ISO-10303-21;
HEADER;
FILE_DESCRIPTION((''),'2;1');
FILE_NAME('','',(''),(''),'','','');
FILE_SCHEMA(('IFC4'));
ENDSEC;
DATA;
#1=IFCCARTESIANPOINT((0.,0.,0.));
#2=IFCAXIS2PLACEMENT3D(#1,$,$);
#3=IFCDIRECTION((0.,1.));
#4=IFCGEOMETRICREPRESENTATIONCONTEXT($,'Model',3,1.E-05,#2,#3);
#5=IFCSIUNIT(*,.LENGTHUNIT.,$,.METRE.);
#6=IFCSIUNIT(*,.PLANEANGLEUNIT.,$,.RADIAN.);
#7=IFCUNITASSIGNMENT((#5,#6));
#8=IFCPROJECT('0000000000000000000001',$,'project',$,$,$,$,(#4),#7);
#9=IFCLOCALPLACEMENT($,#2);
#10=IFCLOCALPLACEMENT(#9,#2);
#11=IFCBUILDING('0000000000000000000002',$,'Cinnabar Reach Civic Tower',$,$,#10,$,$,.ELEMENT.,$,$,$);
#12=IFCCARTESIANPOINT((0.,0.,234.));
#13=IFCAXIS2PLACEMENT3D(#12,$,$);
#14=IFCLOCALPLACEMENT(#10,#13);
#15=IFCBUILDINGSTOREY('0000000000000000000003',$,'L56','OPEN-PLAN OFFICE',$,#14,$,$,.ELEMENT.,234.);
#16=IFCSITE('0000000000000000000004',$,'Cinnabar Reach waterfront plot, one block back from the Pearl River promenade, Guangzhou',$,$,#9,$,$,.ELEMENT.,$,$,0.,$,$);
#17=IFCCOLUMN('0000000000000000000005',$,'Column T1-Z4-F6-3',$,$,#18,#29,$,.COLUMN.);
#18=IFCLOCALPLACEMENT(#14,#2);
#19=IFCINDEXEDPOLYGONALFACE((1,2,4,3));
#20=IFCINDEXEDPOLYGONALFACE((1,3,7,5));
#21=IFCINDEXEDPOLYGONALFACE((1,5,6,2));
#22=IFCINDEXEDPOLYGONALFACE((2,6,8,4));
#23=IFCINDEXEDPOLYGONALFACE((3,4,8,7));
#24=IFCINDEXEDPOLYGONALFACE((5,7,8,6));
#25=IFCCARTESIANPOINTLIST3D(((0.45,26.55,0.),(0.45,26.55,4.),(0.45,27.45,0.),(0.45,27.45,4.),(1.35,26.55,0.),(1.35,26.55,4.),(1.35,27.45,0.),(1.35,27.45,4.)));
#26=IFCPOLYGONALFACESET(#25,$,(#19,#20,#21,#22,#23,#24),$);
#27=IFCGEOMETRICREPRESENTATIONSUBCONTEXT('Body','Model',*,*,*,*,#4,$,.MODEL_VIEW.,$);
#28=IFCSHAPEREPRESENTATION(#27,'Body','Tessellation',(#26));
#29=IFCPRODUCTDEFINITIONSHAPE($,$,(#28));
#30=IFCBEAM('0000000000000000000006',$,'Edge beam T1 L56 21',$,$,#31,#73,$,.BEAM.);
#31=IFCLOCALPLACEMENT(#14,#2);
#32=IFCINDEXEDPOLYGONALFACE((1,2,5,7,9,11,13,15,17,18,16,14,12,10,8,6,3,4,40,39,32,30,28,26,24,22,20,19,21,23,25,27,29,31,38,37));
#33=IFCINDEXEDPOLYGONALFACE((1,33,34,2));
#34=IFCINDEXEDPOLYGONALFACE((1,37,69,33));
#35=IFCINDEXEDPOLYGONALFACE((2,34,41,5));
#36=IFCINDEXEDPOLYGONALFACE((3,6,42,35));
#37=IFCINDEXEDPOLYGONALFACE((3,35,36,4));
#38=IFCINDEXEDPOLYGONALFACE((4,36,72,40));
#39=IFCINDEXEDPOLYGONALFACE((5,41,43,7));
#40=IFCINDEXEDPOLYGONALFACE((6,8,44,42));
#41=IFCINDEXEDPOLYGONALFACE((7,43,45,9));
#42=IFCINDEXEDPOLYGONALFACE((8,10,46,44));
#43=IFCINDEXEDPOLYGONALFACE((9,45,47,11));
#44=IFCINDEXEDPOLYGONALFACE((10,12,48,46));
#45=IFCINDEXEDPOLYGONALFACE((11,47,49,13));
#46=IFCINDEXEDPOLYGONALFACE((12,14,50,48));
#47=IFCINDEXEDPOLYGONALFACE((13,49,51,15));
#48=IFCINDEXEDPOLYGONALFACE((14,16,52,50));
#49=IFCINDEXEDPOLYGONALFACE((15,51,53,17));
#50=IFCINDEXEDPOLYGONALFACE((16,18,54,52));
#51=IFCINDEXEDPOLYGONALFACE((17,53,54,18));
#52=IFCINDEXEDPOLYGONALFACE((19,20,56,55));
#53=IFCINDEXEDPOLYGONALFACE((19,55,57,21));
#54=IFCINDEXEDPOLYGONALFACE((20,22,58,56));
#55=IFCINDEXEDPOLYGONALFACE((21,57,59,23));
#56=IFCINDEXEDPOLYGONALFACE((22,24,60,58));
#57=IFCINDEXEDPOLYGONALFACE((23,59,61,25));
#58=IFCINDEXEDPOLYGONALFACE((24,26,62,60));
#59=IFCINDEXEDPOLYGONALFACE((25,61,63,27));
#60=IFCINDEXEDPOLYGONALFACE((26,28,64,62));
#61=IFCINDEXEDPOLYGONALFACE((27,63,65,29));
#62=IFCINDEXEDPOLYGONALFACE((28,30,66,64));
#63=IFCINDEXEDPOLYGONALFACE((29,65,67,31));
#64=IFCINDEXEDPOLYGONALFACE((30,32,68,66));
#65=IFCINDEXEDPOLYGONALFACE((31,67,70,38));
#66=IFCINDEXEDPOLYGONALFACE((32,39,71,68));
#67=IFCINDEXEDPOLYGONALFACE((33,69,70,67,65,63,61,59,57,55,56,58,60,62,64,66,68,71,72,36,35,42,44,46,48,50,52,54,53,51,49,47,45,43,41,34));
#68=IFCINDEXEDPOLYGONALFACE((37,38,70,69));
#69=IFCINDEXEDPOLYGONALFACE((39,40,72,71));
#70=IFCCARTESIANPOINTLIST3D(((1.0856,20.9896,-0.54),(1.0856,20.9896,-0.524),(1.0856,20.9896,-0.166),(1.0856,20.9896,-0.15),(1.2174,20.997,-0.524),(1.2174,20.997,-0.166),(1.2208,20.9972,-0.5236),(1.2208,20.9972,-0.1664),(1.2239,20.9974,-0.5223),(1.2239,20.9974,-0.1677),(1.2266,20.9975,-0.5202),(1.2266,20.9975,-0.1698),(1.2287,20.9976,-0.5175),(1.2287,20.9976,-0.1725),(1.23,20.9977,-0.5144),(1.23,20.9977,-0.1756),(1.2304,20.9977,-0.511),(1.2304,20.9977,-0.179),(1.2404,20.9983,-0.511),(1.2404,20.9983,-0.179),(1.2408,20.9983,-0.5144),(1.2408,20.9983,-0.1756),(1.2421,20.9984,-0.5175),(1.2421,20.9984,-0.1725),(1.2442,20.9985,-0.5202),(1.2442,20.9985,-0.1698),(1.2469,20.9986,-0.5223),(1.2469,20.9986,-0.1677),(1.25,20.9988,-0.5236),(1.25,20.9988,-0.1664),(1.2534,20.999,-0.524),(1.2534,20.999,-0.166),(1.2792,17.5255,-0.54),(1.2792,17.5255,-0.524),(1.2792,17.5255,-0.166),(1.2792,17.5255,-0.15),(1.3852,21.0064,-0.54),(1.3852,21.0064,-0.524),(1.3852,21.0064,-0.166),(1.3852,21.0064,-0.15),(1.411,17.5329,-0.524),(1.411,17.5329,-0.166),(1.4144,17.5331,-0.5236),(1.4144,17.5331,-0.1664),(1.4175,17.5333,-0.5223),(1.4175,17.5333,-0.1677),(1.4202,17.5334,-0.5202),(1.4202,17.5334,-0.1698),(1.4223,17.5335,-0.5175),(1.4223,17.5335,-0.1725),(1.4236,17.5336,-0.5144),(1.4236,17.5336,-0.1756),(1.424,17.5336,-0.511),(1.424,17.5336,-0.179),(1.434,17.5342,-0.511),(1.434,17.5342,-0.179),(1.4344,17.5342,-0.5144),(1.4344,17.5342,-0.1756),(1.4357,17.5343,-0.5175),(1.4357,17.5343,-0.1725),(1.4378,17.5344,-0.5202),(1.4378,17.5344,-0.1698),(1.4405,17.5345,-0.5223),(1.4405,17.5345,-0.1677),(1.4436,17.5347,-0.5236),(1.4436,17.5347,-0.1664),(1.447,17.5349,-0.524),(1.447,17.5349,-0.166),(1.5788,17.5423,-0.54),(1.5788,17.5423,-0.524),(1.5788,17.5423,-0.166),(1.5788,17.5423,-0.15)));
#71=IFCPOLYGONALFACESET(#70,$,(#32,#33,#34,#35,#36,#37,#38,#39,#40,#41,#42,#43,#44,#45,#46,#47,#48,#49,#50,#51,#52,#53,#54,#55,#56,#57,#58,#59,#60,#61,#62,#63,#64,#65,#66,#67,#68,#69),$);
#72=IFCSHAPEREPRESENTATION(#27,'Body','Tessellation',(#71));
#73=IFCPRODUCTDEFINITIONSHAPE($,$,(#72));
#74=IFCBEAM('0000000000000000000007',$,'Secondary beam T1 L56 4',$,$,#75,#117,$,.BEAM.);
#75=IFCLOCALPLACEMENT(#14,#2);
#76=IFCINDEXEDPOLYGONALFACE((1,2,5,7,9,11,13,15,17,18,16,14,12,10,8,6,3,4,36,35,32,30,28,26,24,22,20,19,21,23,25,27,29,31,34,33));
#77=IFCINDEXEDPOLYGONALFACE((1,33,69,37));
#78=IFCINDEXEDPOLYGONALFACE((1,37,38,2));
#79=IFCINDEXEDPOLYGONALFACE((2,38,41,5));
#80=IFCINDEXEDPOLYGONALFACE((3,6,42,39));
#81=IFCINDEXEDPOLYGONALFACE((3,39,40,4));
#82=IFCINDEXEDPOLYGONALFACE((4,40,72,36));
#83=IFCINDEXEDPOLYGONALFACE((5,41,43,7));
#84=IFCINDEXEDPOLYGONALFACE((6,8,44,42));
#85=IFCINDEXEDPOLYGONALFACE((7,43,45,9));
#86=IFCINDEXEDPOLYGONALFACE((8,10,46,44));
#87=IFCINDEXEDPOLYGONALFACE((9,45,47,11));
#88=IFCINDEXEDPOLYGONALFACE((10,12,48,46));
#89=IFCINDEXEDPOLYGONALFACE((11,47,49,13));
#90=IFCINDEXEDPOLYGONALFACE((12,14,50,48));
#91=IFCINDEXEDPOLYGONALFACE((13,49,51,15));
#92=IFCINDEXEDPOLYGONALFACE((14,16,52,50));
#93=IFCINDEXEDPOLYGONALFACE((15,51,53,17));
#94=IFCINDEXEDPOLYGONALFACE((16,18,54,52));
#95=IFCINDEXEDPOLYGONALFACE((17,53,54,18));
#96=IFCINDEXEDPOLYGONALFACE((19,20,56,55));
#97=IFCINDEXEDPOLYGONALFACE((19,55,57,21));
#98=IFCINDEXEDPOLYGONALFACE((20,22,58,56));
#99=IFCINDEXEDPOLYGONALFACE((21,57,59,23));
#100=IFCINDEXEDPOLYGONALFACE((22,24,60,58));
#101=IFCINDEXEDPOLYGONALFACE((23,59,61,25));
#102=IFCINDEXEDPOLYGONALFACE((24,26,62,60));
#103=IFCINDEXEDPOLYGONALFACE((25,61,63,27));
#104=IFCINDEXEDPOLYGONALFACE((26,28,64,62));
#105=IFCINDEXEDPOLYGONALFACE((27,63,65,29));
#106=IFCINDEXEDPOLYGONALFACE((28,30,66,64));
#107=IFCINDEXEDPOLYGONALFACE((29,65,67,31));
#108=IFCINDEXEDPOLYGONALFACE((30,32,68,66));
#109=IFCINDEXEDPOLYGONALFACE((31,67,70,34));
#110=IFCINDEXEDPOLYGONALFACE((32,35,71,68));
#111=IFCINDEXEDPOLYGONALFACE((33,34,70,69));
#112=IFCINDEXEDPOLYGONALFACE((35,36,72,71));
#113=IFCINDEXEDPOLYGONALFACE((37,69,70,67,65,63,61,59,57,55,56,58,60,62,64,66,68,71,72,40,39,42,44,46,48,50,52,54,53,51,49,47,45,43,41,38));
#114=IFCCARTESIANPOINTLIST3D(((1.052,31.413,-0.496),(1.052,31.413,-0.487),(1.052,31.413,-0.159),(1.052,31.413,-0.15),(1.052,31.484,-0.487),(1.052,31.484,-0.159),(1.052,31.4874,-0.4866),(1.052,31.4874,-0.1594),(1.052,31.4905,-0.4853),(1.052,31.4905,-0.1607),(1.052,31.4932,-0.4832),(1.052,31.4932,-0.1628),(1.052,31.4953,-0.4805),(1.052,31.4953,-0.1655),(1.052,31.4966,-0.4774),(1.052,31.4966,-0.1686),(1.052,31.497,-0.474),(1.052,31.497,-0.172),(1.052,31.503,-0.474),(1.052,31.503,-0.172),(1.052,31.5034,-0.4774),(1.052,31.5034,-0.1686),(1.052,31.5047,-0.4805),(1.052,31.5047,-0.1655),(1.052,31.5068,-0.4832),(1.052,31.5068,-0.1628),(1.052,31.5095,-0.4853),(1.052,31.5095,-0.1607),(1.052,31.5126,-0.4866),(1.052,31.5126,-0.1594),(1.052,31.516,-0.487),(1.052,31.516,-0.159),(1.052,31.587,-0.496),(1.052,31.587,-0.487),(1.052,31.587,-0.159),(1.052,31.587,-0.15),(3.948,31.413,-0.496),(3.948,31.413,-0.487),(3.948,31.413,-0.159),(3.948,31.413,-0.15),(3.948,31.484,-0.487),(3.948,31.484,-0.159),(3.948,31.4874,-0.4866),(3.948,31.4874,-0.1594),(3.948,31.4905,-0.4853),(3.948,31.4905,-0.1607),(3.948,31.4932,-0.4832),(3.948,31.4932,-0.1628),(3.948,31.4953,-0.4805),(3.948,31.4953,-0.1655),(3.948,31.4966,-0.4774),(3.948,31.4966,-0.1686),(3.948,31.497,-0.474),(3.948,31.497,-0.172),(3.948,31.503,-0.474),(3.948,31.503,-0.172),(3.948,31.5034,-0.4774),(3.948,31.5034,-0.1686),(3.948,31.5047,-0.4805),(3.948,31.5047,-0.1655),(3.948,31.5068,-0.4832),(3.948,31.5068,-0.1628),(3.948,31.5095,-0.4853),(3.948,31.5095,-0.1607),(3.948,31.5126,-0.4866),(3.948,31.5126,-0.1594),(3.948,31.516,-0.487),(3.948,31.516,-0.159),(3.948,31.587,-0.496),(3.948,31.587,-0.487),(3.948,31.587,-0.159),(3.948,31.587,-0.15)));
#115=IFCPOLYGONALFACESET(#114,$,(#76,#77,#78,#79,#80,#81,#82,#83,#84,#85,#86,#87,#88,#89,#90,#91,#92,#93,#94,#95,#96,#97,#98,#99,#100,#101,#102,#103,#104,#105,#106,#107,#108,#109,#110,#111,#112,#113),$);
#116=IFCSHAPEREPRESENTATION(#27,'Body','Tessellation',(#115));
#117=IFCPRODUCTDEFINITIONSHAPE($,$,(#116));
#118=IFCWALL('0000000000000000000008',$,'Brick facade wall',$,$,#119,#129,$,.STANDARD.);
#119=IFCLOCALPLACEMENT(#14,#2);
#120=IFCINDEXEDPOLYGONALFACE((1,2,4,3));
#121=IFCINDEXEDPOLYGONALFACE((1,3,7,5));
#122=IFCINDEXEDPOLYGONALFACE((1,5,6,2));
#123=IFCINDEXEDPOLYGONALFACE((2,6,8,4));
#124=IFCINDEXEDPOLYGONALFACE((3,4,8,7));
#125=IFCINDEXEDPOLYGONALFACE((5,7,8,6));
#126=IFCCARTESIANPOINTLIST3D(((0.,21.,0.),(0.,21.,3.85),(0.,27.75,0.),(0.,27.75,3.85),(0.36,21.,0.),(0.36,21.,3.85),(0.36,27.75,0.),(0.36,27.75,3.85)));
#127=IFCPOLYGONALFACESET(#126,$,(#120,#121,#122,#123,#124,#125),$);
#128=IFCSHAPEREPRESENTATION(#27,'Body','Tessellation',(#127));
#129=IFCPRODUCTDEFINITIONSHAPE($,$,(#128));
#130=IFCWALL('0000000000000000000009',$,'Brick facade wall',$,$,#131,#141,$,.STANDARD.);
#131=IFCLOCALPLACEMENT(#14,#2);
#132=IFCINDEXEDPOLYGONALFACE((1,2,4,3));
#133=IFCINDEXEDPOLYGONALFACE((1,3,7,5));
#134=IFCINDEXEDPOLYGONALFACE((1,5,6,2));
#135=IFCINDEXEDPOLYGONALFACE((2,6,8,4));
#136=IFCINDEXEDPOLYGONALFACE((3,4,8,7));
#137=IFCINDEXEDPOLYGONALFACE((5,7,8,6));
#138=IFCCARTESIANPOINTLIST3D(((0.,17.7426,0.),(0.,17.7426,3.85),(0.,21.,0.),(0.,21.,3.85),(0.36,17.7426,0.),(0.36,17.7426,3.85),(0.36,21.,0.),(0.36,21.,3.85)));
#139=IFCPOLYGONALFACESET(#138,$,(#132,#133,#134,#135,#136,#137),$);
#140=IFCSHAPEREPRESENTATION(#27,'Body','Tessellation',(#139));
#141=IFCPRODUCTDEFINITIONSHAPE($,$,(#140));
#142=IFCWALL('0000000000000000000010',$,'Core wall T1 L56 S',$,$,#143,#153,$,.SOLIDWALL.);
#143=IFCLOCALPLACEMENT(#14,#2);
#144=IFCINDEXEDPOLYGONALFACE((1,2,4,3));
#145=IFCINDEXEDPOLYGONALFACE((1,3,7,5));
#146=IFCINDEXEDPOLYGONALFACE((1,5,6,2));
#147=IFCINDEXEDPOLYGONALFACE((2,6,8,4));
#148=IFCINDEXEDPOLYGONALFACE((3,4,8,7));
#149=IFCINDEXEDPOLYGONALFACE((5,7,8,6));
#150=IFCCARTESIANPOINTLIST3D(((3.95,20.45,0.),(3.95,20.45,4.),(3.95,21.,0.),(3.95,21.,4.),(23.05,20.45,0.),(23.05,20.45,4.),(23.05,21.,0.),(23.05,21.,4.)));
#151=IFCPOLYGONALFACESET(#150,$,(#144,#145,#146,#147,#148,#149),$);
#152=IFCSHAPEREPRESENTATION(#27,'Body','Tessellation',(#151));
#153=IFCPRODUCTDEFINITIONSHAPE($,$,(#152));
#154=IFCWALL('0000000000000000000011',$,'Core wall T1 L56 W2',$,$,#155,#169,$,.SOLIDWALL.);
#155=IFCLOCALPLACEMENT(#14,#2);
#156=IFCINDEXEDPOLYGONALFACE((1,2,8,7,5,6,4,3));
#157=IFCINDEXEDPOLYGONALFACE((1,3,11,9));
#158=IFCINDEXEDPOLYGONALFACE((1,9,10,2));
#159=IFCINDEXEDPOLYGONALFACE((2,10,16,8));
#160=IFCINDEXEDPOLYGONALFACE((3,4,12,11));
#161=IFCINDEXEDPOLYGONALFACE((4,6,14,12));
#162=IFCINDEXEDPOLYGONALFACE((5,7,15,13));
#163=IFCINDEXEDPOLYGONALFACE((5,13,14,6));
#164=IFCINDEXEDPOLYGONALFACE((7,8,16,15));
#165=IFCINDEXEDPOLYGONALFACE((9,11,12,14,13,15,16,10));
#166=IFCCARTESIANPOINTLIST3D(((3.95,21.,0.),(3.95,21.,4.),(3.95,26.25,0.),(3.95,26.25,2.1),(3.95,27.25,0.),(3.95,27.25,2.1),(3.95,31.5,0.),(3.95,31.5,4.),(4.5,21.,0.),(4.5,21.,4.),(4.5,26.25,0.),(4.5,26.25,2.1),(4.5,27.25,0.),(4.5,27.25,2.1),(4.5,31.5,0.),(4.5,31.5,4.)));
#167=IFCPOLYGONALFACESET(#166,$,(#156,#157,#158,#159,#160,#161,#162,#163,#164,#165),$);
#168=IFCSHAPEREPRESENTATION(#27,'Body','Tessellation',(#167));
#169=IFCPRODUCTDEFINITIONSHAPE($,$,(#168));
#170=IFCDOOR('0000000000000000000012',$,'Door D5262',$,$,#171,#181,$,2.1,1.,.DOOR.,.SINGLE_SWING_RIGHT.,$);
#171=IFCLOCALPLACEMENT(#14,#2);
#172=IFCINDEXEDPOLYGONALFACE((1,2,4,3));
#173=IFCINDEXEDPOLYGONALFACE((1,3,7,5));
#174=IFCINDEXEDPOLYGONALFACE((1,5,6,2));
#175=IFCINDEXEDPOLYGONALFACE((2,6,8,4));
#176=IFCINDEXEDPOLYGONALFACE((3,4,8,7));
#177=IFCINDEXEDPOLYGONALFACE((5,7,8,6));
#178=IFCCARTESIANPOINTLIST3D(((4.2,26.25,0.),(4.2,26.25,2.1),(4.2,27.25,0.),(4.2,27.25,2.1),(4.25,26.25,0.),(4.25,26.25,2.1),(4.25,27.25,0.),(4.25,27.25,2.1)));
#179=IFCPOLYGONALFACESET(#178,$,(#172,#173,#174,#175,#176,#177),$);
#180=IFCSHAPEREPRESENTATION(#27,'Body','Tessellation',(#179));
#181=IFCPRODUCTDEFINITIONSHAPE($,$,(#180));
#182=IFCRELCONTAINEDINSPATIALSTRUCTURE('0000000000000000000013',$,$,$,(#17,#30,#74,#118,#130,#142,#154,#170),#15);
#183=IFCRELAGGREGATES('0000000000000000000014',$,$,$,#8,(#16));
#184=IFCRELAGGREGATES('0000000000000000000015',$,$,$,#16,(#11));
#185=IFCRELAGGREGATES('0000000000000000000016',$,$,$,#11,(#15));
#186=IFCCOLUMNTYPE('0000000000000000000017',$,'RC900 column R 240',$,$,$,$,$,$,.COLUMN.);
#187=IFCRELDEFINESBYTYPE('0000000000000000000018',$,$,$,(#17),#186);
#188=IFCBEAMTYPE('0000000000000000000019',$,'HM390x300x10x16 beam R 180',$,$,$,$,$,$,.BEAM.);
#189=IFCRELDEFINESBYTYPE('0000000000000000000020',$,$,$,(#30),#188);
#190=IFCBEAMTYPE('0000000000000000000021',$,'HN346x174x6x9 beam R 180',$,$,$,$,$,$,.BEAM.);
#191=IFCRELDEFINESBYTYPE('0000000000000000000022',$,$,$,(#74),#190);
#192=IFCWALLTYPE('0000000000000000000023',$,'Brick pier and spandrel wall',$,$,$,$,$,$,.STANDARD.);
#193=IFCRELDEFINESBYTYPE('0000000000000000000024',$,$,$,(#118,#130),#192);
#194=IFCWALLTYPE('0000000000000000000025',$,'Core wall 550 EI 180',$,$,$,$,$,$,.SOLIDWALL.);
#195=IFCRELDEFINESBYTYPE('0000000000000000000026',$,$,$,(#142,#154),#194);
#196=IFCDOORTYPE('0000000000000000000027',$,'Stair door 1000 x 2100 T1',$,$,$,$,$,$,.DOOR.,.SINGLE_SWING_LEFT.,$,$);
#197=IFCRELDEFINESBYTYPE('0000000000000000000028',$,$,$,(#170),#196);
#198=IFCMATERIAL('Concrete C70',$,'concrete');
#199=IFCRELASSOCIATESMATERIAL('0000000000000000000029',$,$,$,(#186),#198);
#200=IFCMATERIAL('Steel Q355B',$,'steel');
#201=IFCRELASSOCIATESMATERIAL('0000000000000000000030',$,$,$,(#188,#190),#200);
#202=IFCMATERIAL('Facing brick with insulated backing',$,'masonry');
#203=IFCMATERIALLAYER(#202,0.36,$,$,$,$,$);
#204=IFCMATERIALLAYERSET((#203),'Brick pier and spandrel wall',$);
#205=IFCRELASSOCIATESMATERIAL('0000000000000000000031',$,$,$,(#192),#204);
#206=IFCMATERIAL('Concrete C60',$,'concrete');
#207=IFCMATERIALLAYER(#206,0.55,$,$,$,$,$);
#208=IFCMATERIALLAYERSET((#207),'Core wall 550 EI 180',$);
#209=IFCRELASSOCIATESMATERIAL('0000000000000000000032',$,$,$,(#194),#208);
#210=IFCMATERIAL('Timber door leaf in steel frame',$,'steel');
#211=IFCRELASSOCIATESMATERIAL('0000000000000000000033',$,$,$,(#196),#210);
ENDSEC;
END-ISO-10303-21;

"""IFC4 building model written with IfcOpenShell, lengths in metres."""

from ifc_helpers import new_model, si_unit, direction, frame, frame_2d, origin, origin_2d, place, context, subcontext, project, spatial, rectangle, i_section, extrude, material, layer, layer_set, material_profile, profile_set, type_object, element, fill, save


model = new_model("IFC4")

# Units and contexts
model_context = context("Model", 3, precision=1e-05, world=origin(), true_north=direction((0.0, 1.0)))
body_context = subcontext(model_context, "Body", "Model", "MODEL_VIEW")
ifc_project = project(units=[si_unit("LENGTHUNIT", "METRE"), si_unit("PLANEANGLEUNIT", "RADIAN")], contexts=[model_context])

# Site, building, storey
site_placement = place(None, origin())
site = spatial("IfcSite", under=ifc_project, at=site_placement, Name="Cinnabar Reach waterfront plot, one block back from the Pearl River promenade, Guangzhou", CompositionType="ELEMENT", RefElevation=0.0)
building_placement = place(site_placement, origin())
building = spatial("IfcBuilding", under=site, at=building_placement, Name="Cinnabar Reach Civic Tower", CompositionType="ELEMENT")
storey_placement = place(building_placement, frame((0.0, 0.0, 234.0)))
storey = spatial("IfcBuildingStorey", under=building, at=storey_placement, Name="L56", Description="OPEN-PLAN OFFICE", CompositionType="ELEMENT", Elevation=234.0)

# Column
ifc_material_1 = material(Name="Concrete C70", Category="concrete")
ifc_material_profile_1 = material_profile(ifc_material_1, rectangle(XDim=0.9, YDim=0.9, at=origin_2d()), Name="RC900")
ifc_profile_set_1 = profile_set([ifc_material_profile_1], Name="Concrete C70")
column_type = type_object("IfcColumnType", Name="RC900 column R 240", PredefinedType="COLUMN", material=ifc_profile_set_1)
column_placement = place(storey_placement, frame((0.9, 27.0, 0.0), z_axis=(0.0, 0.0, 1.0), x_axis=(1.0, 0.0, 0.0)))
element("IfcColumn", 1, at=column_placement, inside=storey, type_object=column_type, Name="Column T1-Z4-F6-3", PredefinedType="COLUMN", context=body_context, shape_type="SweptSolid", body=[
    extrude(rectangle(XDim=0.9, YDim=0.9, at=origin_2d()), origin(), (0.0, 0.0, 1.0), 4.0),
])

# Beams
ifc_material_2 = material(Name="Steel Q355B", Category="steel")
ifc_material_profile_2 = material_profile(ifc_material_2, i_section(OverallWidth=0.3, OverallDepth=0.39, WebThickness=0.01, FlangeThickness=0.016, FilletRadius=0.013, at=origin_2d()), Name="HM390x300x10x16")
ifc_profile_set_2 = profile_set([ifc_material_profile_2], Name="Steel Q355B")
beam_type_1 = type_object("IfcBeamType", Name="HM390x300x10x16 beam R 180", PredefinedType="BEAM", material=ifc_profile_set_2)
beam_1_placement = place(storey_placement, frame((1.2354, 20.998, -0.345), z_axis=(0.0558, -0.998442, 0.0), x_axis=(0.998442, 0.0558, 0.0)))
element("IfcBeam", 2, at=beam_1_placement, inside=storey, type_object=beam_type_1, Name="Edge beam T1 L56 21", PredefinedType="BEAM", context=body_context, shape_type="SweptSolid", body=[
    extrude(i_section(OverallWidth=0.3, OverallDepth=0.39, WebThickness=0.01, FlangeThickness=0.016, FilletRadius=0.013, at=origin_2d()), origin(), (0.0, 0.0, 1.0), 3.4695),
])
ifc_material_profile_3 = material_profile(ifc_material_2, i_section(OverallWidth=0.174, OverallDepth=0.346, WebThickness=0.006, FlangeThickness=0.009, FilletRadius=0.013, at=origin_2d()), Name="HN346x174x6x9")
ifc_profile_set_3 = profile_set([ifc_material_profile_3], Name="Steel Q355B")
beam_type_2 = type_object("IfcBeamType", Name="HN346x174x6x9 beam R 180", PredefinedType="BEAM", material=ifc_profile_set_3)
beam_2_placement = place(storey_placement, frame((1.052, 31.5, -0.323), z_axis=(1.0, 0.0, 0.0), x_axis=(0.0, 1.0, 0.0)))
element("IfcBeam", 3, at=beam_2_placement, inside=storey, type_object=beam_type_2, Name="Secondary beam T1 L56 4", PredefinedType="BEAM", context=body_context, shape_type="SweptSolid", body=[
    extrude(i_section(OverallWidth=0.174, OverallDepth=0.346, WebThickness=0.006, FlangeThickness=0.009, FilletRadius=0.013, at=origin_2d()), origin(), (0.0, 0.0, 1.0), 2.896),
])

# Walls
ifc_material_3 = material(Name="Facing brick with insulated backing", Category="masonry")
ifc_layer_1 = layer(ifc_material_3, 0.36)
ifc_layer_set_1 = layer_set([ifc_layer_1], Name="Brick pier and spandrel wall")
wall_type_1 = type_object("IfcWallType", Name="Brick pier and spandrel wall", PredefinedType="STANDARD", material=ifc_layer_set_1)
wall_1_placement = place(storey_placement, frame((0.18, 27.75, 0.0), z_axis=(0.0, 0.0, 1.0), x_axis=(0.0, -1.0, 0.0)))
element("IfcWall", 4, at=wall_1_placement, inside=storey, type_object=wall_type_1, Name="Brick facade wall", PredefinedType="STANDARD", context=body_context, shape_type="SweptSolid", body=[
    extrude(rectangle(XDim=6.75, YDim=0.36, at=frame_2d((3.375, 0.0))), origin(), (0.0, 0.0, 1.0), 3.85),
])
wall_2_placement = place(storey_placement, frame((0.18, 21.0, 0.0), z_axis=(0.0, 0.0, 1.0), x_axis=(0.0, -1.0, 0.0)))
element("IfcWall", 5, at=wall_2_placement, inside=storey, type_object=wall_type_1, Name="Brick facade wall", PredefinedType="STANDARD", context=body_context, shape_type="SweptSolid", body=[
    extrude(rectangle(XDim=3.2574, YDim=0.36, at=frame_2d((1.6287, 0.0))), origin(), (0.0, 0.0, 1.0), 3.85),
])
ifc_material_4 = material(Name="Concrete C60", Category="concrete")
ifc_layer_2 = layer(ifc_material_4, 0.55)
ifc_layer_set_2 = layer_set([ifc_layer_2], Name="Core wall 550 EI 180")
wall_type_2 = type_object("IfcWallType", Name="Core wall 550 EI 180", PredefinedType="SOLIDWALL", material=ifc_layer_set_2)
wall_3_placement = place(storey_placement, frame((3.95, 20.725, 0.0), z_axis=(0.0, 0.0, 1.0), x_axis=(1.0, 0.0, 0.0)))
element("IfcWall", 6, at=wall_3_placement, inside=storey, type_object=wall_type_2, Name="Core wall T1 L56 S", PredefinedType="SOLIDWALL", context=body_context, shape_type="SweptSolid", body=[
    extrude(rectangle(XDim=19.1, YDim=0.55, at=frame_2d((9.55, 0.0))), origin(), (0.0, 0.0, 1.0), 4.0),
])

# Wall, opening, door
wall_4_placement = place(storey_placement, frame((4.225, 31.5, 0.0), z_axis=(0.0, 0.0, 1.0), x_axis=(0.0, -1.0, 0.0)))
wall_4 = element("IfcWall", 7, at=wall_4_placement, inside=storey, type_object=wall_type_2, Name="Core wall T1 L56 W2", PredefinedType="SOLIDWALL", context=body_context, shape_type="SweptSolid", body=[
    extrude(rectangle(XDim=10.5, YDim=0.55, at=frame_2d((5.25, 0.0))), origin(), (0.0, 0.0, 1.0), 4.0),
])
opening_1_placement = place(wall_4_placement, frame((4.25, 0.0, 0.0)))
opening_1 = element("IfcOpeningElement", 8, at=opening_1_placement, cuts=wall_4, PredefinedType="OPENING", context=body_context, shape_type="SweptSolid", body=[
    extrude(rectangle(XDim=1.0, YDim=2.1, at=frame_2d((0.5, 1.05))), frame((0.0, 0.285, 0.0), z_axis=(0.0, -1.0, 0.0), x_axis=(1.0, 0.0, 0.0)), (0.0, 0.0, 1.0), 0.57),
])
ifc_material_5 = material(Name="Timber door leaf in steel frame", Category="steel")
door_type_1 = type_object("IfcDoorType", Name="Stair door 1000 x 2100 T1", OperationType="SINGLE_SWING_LEFT", PredefinedType="DOOR", material=ifc_material_5)
door_1_placement = place(opening_1_placement, frame((1.0, 0.0, 0.0), z_axis=(0.0, 0.0, 1.0), x_axis=(-1.0, 0.0, 0.0)))
door_1 = element("IfcDoor", 9, at=door_1_placement, inside=storey, type_object=door_type_1, Name="Door D5262", OperationType="SINGLE_SWING_RIGHT", OverallHeight=2.1, OverallWidth=1.0, PredefinedType="DOOR", context=body_context, shape_type="SweptSolid", body=[
    extrude(rectangle(XDim=1.0, YDim=2.1, at=frame_2d((0.5, 1.05))), frame((0.0, 0.025, 0.0), z_axis=(0.0, -1.0, 0.0), x_axis=(1.0, 0.0, 0.0)), (0.0, 0.0, 1.0), 0.05),
])
fill(opening_1, door_1)

save(model, "model.ifc")
